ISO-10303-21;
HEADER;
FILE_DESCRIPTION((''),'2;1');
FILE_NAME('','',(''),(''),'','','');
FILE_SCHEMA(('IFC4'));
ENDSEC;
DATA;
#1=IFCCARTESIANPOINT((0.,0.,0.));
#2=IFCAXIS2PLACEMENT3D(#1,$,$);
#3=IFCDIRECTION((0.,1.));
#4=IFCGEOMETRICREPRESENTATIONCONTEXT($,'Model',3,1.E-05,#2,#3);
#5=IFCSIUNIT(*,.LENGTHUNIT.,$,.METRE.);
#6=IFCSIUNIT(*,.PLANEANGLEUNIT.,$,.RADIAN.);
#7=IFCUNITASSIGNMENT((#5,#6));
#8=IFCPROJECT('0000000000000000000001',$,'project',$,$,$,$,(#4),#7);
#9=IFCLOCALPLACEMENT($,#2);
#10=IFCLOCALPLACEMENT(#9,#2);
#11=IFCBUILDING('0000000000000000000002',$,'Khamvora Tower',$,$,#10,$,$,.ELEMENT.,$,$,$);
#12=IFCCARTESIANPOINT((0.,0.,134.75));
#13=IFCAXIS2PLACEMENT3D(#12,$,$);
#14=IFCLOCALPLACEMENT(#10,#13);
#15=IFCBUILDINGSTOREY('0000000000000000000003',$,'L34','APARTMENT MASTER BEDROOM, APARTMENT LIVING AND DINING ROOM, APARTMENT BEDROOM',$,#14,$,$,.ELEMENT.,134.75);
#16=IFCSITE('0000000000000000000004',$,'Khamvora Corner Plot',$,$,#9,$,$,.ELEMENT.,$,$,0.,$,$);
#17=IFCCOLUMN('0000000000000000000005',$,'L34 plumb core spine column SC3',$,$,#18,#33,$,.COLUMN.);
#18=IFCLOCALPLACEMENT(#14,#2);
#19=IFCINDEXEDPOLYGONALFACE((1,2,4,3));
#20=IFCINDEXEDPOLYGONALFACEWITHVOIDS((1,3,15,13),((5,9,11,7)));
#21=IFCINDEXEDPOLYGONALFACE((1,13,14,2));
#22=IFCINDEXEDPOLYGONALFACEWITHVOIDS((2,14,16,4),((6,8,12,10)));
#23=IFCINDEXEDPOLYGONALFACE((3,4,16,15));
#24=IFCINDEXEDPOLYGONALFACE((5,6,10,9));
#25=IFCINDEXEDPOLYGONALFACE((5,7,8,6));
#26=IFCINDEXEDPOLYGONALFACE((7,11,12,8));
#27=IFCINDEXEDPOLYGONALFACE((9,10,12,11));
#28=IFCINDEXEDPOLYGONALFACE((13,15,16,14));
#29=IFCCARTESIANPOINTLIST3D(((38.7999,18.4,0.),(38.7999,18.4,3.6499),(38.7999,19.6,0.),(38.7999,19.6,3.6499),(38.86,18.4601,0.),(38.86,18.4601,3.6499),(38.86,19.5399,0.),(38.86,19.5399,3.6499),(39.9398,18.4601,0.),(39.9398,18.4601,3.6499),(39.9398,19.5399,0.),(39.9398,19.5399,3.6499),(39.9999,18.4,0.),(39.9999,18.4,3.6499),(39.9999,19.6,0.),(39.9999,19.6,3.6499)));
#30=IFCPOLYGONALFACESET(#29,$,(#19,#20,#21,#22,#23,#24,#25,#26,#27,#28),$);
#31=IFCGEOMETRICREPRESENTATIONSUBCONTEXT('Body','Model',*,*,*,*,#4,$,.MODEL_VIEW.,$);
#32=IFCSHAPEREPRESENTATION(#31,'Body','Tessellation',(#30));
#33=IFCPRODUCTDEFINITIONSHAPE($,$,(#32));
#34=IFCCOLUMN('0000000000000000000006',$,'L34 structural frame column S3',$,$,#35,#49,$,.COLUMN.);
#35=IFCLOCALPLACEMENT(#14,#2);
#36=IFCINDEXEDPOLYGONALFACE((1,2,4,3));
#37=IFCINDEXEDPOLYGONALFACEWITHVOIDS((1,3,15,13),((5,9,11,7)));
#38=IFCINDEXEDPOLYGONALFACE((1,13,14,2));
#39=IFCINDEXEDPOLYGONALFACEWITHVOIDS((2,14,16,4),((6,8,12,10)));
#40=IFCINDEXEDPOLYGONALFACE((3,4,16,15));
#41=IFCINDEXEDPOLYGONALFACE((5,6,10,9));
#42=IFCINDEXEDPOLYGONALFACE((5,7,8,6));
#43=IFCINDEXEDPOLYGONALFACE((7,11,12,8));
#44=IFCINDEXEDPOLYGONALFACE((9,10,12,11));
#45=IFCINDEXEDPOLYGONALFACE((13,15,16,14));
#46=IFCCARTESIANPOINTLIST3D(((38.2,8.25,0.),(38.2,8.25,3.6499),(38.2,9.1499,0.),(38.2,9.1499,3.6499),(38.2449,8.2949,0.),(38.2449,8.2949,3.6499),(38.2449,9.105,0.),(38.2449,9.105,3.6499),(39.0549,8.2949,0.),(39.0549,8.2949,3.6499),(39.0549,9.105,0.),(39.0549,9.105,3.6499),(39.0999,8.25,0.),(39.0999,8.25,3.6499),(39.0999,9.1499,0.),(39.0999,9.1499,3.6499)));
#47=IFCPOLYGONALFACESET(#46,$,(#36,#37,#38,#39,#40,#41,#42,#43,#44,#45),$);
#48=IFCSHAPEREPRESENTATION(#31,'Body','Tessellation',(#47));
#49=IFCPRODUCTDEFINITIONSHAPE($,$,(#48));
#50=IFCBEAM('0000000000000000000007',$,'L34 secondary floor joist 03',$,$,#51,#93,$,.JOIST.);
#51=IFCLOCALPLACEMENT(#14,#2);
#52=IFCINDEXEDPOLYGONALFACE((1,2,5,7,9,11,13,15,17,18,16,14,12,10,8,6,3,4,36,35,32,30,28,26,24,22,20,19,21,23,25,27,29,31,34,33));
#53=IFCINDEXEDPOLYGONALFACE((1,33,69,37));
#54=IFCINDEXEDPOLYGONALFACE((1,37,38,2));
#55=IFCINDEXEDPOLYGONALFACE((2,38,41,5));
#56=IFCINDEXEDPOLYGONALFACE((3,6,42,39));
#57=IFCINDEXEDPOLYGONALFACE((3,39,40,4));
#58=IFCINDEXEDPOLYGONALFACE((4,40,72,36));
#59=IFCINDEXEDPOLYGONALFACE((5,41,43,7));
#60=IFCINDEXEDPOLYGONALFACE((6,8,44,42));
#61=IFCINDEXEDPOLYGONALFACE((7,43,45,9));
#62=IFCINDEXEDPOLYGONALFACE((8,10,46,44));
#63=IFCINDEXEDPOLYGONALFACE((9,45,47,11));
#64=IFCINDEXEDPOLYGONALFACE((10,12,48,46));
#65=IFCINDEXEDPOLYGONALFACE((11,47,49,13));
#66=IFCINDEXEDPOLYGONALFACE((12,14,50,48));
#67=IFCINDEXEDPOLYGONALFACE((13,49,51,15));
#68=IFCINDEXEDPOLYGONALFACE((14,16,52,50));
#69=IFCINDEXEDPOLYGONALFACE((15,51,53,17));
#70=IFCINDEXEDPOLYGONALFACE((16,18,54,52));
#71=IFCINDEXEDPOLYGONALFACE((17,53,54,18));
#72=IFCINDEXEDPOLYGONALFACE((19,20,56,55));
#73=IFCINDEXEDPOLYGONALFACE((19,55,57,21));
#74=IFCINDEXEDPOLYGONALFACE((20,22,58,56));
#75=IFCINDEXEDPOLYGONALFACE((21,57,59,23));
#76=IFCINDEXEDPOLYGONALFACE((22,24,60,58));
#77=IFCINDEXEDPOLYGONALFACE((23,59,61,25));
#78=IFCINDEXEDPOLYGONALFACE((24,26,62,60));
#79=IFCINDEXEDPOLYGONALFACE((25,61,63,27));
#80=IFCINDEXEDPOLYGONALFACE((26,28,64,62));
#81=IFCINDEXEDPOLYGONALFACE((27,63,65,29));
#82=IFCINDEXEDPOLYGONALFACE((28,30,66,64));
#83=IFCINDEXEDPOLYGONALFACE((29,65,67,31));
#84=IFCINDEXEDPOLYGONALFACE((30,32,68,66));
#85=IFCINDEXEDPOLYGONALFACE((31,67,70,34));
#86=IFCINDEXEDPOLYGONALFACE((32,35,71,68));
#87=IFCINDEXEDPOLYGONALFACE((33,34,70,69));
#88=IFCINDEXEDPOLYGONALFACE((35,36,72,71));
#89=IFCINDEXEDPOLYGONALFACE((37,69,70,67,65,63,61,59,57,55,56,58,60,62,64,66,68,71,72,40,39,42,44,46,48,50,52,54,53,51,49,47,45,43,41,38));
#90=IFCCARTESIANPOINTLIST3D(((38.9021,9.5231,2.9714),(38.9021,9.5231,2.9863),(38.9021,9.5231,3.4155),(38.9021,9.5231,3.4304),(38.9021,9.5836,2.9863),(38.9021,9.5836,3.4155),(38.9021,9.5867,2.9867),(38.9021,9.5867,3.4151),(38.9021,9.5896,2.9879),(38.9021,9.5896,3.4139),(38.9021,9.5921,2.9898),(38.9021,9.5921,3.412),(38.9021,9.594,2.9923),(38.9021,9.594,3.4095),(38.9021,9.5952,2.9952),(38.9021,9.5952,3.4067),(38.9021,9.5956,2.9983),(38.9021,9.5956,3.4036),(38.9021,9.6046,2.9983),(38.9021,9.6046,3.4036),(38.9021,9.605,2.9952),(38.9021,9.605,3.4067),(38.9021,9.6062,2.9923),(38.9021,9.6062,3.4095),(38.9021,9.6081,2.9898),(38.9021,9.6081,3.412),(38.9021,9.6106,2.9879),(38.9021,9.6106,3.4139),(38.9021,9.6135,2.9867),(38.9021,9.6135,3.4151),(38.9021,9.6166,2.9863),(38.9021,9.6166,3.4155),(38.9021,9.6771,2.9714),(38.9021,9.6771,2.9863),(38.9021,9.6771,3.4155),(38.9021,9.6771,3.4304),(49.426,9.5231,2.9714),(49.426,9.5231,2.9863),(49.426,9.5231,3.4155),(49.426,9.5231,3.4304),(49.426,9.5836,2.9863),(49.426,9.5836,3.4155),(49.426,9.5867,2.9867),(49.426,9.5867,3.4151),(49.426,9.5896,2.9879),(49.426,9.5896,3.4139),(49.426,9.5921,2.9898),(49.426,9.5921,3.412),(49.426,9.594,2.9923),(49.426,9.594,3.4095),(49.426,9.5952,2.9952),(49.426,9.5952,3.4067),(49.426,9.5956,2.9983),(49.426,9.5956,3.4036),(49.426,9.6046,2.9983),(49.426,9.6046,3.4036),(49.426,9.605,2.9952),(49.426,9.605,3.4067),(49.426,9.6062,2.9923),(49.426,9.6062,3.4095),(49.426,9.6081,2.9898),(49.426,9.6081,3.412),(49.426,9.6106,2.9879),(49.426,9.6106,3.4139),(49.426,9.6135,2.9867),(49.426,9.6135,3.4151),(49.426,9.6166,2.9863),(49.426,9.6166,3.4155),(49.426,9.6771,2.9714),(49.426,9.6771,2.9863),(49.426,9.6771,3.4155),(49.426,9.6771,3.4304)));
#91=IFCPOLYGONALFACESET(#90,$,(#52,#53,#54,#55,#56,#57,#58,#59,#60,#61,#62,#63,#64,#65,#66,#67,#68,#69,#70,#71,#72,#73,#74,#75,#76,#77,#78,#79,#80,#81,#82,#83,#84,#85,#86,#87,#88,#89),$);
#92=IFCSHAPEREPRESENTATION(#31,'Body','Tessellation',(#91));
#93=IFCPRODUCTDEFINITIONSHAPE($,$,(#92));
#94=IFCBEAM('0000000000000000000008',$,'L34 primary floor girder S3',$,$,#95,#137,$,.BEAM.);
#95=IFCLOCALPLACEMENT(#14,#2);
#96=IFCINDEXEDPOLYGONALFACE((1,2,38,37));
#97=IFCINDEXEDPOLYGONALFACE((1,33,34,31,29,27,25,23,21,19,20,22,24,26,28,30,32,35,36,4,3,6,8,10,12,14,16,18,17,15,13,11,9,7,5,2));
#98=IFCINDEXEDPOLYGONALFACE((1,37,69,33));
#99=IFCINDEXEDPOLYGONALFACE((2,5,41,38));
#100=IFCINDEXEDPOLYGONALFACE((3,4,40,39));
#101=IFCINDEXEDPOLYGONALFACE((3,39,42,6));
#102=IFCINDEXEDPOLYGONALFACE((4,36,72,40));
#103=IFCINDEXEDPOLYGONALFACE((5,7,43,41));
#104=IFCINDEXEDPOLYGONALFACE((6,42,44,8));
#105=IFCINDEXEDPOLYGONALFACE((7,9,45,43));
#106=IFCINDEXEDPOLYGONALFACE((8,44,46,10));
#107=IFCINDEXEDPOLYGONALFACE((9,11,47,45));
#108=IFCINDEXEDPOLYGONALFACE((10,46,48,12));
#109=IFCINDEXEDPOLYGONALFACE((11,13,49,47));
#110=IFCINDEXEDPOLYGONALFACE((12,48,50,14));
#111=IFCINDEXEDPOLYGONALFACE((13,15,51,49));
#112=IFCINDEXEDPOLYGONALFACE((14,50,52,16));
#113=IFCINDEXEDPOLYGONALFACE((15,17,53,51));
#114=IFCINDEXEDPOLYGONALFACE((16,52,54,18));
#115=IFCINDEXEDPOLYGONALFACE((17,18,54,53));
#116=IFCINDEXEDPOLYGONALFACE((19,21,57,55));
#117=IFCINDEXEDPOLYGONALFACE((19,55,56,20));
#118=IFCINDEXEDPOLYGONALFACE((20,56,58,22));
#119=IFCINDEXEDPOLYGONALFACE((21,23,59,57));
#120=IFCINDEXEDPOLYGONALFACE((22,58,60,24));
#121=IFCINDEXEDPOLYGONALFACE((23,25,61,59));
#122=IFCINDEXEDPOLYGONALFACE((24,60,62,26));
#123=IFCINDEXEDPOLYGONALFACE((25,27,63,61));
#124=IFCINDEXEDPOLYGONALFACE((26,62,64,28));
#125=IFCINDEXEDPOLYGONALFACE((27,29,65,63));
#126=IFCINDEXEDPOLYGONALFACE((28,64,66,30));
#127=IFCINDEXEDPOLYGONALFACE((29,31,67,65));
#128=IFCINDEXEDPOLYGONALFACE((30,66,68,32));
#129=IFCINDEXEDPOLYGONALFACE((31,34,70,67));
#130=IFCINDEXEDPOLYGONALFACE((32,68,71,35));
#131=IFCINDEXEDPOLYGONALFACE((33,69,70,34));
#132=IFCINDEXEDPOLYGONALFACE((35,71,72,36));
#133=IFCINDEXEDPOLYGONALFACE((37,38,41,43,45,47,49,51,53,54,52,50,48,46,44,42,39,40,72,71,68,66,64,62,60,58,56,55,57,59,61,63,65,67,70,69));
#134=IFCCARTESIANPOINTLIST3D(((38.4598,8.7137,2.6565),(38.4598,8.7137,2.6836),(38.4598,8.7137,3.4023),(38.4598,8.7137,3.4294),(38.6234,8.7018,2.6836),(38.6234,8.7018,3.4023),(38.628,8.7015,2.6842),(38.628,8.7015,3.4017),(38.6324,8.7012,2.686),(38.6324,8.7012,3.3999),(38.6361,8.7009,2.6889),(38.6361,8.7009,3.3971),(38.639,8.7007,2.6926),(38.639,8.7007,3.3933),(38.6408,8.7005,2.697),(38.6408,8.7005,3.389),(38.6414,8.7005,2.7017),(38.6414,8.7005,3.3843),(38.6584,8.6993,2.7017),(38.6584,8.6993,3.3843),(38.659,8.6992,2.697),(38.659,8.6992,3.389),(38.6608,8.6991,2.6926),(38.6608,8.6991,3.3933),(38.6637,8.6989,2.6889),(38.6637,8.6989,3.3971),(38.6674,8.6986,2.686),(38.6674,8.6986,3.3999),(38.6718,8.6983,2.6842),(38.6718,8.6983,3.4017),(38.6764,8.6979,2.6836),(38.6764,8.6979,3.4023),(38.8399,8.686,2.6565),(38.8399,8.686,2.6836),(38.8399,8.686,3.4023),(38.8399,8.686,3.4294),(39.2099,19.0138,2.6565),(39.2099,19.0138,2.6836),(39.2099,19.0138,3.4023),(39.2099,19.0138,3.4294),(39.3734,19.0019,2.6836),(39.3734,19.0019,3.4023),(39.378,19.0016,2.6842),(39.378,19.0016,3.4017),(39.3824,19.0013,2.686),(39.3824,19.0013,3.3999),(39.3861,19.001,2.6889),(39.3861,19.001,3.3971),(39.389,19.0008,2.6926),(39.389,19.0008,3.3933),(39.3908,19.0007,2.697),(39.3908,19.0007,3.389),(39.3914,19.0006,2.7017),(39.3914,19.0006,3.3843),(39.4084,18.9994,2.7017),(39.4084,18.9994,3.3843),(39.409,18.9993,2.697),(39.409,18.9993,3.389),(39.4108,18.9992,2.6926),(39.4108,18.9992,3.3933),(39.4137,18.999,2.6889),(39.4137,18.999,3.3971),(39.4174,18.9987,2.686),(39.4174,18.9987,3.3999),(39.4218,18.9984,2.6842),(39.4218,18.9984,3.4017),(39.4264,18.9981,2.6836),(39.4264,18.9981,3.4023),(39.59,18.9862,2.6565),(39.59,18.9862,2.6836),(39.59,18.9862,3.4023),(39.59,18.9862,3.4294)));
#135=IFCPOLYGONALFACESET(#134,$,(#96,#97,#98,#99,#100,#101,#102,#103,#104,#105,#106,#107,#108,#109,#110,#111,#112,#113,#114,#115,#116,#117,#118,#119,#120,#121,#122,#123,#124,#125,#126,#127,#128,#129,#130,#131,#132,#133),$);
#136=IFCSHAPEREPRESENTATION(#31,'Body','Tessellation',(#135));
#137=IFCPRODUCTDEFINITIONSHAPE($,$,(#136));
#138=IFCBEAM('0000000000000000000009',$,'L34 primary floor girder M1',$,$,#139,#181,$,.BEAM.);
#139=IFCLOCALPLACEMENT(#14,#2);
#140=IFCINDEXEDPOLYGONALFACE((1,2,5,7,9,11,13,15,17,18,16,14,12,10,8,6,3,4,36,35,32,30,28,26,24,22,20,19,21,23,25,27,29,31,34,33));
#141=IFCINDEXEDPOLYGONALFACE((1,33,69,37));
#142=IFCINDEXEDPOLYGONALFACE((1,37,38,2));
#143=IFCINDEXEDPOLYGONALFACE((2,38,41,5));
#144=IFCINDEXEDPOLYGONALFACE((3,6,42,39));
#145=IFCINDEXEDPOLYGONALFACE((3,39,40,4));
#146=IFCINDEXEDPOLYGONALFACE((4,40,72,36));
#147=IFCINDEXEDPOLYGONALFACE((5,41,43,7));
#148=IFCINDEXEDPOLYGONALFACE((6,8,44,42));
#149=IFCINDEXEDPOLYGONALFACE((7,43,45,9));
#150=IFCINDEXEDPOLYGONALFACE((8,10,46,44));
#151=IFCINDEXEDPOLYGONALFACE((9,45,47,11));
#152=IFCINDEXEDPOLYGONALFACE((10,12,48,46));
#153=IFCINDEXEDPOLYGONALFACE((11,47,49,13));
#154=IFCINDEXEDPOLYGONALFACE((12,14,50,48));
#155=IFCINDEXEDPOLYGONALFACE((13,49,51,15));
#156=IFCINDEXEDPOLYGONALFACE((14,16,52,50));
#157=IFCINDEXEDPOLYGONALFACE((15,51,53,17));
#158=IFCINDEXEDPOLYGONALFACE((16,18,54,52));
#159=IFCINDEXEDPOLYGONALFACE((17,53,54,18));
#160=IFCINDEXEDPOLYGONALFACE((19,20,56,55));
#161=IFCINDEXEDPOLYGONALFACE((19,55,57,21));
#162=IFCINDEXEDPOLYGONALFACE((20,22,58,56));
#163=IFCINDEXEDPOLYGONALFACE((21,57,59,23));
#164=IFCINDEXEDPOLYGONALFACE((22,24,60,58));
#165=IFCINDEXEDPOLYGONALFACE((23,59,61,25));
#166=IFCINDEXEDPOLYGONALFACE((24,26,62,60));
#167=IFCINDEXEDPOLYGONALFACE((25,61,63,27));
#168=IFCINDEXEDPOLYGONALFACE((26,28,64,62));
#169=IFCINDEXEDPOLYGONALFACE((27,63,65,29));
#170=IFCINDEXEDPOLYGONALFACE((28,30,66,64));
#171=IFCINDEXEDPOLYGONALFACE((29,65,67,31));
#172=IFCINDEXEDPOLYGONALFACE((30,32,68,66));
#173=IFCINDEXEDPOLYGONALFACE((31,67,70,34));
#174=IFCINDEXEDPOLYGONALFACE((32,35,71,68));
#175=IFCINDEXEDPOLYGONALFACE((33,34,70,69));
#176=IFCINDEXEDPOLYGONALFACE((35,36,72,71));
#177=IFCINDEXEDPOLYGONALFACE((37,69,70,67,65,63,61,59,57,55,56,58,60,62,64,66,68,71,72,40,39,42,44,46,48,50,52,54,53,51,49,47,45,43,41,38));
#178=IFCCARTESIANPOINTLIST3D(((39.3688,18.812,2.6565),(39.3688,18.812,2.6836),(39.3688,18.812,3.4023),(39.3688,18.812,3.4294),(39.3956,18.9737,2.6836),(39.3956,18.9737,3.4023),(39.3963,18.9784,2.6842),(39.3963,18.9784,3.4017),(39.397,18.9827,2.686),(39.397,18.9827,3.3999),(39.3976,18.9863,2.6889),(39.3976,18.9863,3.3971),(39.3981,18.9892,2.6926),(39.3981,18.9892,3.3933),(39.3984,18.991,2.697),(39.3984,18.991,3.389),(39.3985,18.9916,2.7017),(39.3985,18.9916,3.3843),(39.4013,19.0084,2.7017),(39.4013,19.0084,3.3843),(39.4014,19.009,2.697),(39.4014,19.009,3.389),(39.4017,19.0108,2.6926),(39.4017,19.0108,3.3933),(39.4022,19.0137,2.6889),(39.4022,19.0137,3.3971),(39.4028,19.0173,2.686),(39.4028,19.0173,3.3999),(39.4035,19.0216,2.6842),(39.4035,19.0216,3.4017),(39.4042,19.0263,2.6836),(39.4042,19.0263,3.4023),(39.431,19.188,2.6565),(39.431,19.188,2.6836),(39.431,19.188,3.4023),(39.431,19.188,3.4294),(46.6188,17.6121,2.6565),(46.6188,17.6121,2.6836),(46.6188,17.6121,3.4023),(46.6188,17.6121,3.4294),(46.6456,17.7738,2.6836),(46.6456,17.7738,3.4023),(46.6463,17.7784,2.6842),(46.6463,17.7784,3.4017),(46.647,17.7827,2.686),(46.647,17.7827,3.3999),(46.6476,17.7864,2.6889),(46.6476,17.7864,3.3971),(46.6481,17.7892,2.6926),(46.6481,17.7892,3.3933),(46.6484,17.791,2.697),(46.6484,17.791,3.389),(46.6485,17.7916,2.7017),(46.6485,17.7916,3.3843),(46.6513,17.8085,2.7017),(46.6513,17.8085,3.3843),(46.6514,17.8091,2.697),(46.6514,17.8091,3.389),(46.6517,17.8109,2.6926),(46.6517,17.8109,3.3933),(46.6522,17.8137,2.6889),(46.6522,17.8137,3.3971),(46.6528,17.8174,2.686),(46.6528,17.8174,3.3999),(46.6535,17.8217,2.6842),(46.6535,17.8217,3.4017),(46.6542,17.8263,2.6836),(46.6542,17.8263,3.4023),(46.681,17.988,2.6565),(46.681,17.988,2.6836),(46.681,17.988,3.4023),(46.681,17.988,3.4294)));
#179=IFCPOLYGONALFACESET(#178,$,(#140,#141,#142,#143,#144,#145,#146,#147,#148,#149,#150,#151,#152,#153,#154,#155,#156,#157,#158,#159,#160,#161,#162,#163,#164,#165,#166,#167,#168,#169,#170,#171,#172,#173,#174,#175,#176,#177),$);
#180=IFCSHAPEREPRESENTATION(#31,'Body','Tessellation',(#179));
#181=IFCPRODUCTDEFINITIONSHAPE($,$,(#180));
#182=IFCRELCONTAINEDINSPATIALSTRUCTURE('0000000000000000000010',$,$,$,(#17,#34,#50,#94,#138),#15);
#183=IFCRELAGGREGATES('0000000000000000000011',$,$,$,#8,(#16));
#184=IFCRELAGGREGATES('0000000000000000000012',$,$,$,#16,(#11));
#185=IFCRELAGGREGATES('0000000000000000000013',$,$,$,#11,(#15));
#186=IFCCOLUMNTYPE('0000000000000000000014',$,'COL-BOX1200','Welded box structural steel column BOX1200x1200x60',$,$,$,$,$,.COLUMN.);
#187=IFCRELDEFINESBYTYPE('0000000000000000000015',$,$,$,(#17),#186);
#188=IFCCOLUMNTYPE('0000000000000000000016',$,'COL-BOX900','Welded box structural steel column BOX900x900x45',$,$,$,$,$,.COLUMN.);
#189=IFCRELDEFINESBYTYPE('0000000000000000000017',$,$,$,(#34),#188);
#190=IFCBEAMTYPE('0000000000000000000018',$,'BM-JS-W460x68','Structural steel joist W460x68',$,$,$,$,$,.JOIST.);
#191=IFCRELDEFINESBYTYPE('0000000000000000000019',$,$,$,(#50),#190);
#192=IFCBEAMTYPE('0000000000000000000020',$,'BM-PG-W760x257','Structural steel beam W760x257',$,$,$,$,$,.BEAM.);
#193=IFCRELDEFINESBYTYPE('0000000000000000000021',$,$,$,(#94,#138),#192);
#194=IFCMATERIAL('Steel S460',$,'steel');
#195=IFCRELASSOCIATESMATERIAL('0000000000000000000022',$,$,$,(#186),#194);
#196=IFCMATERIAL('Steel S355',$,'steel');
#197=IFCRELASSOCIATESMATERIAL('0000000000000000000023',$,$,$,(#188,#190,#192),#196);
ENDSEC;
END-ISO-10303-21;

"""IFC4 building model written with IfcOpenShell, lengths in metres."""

from ifc_helpers import new_model, si_unit, direction, frame, origin, origin_2d, place, context, subcontext, project, spatial, hollow_rectangle, i_section, extrude, material, material_profile, profile_set, type_object, element, save


model = new_model("IFC4")

# Units and contexts
model_context = context("Model", 3, precision=1e-05, world=origin(), true_north=direction((0.0, 1.0)))
body_context = subcontext(model_context, "Body", "Model", "MODEL_VIEW")
ifc_project = project(units=[si_unit("LENGTHUNIT", "METRE"), si_unit("PLANEANGLEUNIT", "RADIAN")], contexts=[model_context])

# Site, building, storey
site_placement = place(None, origin())
site = spatial("IfcSite", under=ifc_project, at=site_placement, Name="Khamvora Corner Plot", CompositionType="ELEMENT", RefElevation=0.0)
building_placement = place(site_placement, origin())
building = spatial("IfcBuilding", under=site, at=building_placement, Name="Khamvora Tower", CompositionType="ELEMENT")
storey_placement = place(building_placement, frame((0.0, 0.0, 134.75)))
storey = spatial("IfcBuildingStorey", under=building, at=storey_placement, Name="L34", Description="APARTMENT MASTER BEDROOM, APARTMENT LIVING AND DINING ROOM, APARTMENT BEDROOM", CompositionType="ELEMENT", Elevation=134.75)

# Columns
ifc_material_1 = material(Name="Steel S460", Category="steel")
ifc_material_profile_1 = material_profile(ifc_material_1, hollow_rectangle(XDim=1.2, YDim=1.2, WallThickness=0.0601, at=origin_2d()), Name="BOX1200x1200x60")
ifc_profile_set_1 = profile_set([ifc_material_profile_1], Name="Steel S460")
column_type_1 = type_object("IfcColumnType", Name="COL-BOX1200", Description="Welded box structural steel column BOX1200x1200x60", PredefinedType="COLUMN", material=ifc_profile_set_1)
column_1_placement = place(storey_placement, frame((39.3999, 19.0, 0.0), z_axis=(0.0, 0.0, 1.0), x_axis=(1.0, 0.0, 0.0)))
element("IfcColumn", 1, at=column_1_placement, inside=storey, type_object=column_type_1, Name="L34 plumb core spine column SC3", PredefinedType="COLUMN", context=body_context, shape_type="SweptSolid", body=[
    extrude(hollow_rectangle(XDim=1.2, YDim=1.2, WallThickness=0.0601, at=origin_2d()), origin(), (0.0, 0.0, 1.0), 3.6499),
])
ifc_material_2 = material(Name="Steel S355", Category="steel")
ifc_material_profile_2 = material_profile(ifc_material_2, hollow_rectangle(XDim=0.8999, YDim=0.8999, WallThickness=0.0449, at=origin_2d()), Name="BOX900x900x45")
ifc_profile_set_2 = profile_set([ifc_material_profile_2], Name="Steel S355")
column_type_2 = type_object("IfcColumnType", Name="COL-BOX900", Description="Welded box structural steel column BOX900x900x45", PredefinedType="COLUMN", material=ifc_profile_set_2)
column_2_placement = place(storey_placement, frame((38.6499, 8.7, 0.0), z_axis=(0.0, 0.0, 1.0), x_axis=(1.0, 0.0, 0.0)))
element("IfcColumn", 2, at=column_2_placement, inside=storey, type_object=column_type_2, Name="L34 structural frame column S3", PredefinedType="COLUMN", context=body_context, shape_type="SweptSolid", body=[
    extrude(hollow_rectangle(XDim=0.8999, YDim=0.8999, WallThickness=0.0449, at=origin_2d()), origin(), (0.0, 0.0, 1.0), 3.6499),
])

# Beams
ifc_material_profile_3 = material_profile(ifc_material_2, i_section(OverallWidth=0.1541, OverallDepth=0.459, WebThickness=0.009, FlangeThickness=0.0149, FilletRadius=0.012, at=origin_2d()), Name="W460x68")
ifc_profile_set_3 = profile_set([ifc_material_profile_3], Name="Steel S355")
beam_type_1 = type_object("IfcBeamType", Name="BM-JS-W460x68", Description="Structural steel joist W460x68", PredefinedType="JOIST", material=ifc_profile_set_3)
beam_1_placement = place(storey_placement, frame((38.9021, 9.6001, 3.2009), z_axis=(1.0, 0.0, 0.0), x_axis=(0.0, 1.0, 0.0)))
element("IfcBeam", 3, at=beam_1_placement, inside=storey, type_object=beam_type_1, Name="L34 secondary floor joist 03", PredefinedType="JOIST", context=body_context, shape_type="SweptSolid", body=[
    extrude(i_section(OverallWidth=0.1541, OverallDepth=0.459, WebThickness=0.009, FlangeThickness=0.0149, FilletRadius=0.012, at=origin_2d()), origin(), (0.0, 0.0, 1.0), 10.5239),
])
ifc_material_profile_4 = material_profile(ifc_material_2, i_section(OverallWidth=0.3811, OverallDepth=0.7729, WebThickness=0.0171, FlangeThickness=0.0271, FilletRadius=0.0181, at=origin_2d()), Name="W760x257")
ifc_profile_set_4 = profile_set([ifc_material_profile_4], Name="Steel S355")
beam_type_2 = type_object("IfcBeamType", Name="BM-PG-W760x257", Description="Structural steel beam W760x257", PredefinedType="BEAM", material=ifc_profile_set_4)
beam_2_placement = place(storey_placement, frame((39.3999, 19.0, 3.043), z_axis=(-0.072623, -0.997359, 0.0), x_axis=(0.997359, -0.072623, 0.0)))
element("IfcBeam", 4, at=beam_2_placement, inside=storey, type_object=beam_type_2, Name="L34 primary floor girder S3", PredefinedType="BEAM", context=body_context, shape_type="SweptSolid", body=[
    extrude(i_section(OverallWidth=0.3811, OverallDepth=0.7729, WebThickness=0.0171, FlangeThickness=0.0271, FilletRadius=0.0181, at=origin_2d()), origin(), (0.0, 0.0, 1.0), 10.3274),
])
beam_3_placement = place(storey_placement, frame((39.3999, 19.0, 3.043), z_axis=(0.986578, -0.163289, 0.0), x_axis=(0.163289, 0.986578, 0.0)))
element("IfcBeam", 5, at=beam_3_placement, inside=storey, type_object=beam_type_2, Name="L34 primary floor girder M1", PredefinedType="BEAM", context=body_context, shape_type="SweptSolid", body=[
    extrude(i_section(OverallWidth=0.3811, OverallDepth=0.7729, WebThickness=0.0171, FlangeThickness=0.0271, FilletRadius=0.0181, at=origin_2d()), origin(), (0.0, 0.0, 1.0), 7.3486),
])

save(model, "model.ifc")
